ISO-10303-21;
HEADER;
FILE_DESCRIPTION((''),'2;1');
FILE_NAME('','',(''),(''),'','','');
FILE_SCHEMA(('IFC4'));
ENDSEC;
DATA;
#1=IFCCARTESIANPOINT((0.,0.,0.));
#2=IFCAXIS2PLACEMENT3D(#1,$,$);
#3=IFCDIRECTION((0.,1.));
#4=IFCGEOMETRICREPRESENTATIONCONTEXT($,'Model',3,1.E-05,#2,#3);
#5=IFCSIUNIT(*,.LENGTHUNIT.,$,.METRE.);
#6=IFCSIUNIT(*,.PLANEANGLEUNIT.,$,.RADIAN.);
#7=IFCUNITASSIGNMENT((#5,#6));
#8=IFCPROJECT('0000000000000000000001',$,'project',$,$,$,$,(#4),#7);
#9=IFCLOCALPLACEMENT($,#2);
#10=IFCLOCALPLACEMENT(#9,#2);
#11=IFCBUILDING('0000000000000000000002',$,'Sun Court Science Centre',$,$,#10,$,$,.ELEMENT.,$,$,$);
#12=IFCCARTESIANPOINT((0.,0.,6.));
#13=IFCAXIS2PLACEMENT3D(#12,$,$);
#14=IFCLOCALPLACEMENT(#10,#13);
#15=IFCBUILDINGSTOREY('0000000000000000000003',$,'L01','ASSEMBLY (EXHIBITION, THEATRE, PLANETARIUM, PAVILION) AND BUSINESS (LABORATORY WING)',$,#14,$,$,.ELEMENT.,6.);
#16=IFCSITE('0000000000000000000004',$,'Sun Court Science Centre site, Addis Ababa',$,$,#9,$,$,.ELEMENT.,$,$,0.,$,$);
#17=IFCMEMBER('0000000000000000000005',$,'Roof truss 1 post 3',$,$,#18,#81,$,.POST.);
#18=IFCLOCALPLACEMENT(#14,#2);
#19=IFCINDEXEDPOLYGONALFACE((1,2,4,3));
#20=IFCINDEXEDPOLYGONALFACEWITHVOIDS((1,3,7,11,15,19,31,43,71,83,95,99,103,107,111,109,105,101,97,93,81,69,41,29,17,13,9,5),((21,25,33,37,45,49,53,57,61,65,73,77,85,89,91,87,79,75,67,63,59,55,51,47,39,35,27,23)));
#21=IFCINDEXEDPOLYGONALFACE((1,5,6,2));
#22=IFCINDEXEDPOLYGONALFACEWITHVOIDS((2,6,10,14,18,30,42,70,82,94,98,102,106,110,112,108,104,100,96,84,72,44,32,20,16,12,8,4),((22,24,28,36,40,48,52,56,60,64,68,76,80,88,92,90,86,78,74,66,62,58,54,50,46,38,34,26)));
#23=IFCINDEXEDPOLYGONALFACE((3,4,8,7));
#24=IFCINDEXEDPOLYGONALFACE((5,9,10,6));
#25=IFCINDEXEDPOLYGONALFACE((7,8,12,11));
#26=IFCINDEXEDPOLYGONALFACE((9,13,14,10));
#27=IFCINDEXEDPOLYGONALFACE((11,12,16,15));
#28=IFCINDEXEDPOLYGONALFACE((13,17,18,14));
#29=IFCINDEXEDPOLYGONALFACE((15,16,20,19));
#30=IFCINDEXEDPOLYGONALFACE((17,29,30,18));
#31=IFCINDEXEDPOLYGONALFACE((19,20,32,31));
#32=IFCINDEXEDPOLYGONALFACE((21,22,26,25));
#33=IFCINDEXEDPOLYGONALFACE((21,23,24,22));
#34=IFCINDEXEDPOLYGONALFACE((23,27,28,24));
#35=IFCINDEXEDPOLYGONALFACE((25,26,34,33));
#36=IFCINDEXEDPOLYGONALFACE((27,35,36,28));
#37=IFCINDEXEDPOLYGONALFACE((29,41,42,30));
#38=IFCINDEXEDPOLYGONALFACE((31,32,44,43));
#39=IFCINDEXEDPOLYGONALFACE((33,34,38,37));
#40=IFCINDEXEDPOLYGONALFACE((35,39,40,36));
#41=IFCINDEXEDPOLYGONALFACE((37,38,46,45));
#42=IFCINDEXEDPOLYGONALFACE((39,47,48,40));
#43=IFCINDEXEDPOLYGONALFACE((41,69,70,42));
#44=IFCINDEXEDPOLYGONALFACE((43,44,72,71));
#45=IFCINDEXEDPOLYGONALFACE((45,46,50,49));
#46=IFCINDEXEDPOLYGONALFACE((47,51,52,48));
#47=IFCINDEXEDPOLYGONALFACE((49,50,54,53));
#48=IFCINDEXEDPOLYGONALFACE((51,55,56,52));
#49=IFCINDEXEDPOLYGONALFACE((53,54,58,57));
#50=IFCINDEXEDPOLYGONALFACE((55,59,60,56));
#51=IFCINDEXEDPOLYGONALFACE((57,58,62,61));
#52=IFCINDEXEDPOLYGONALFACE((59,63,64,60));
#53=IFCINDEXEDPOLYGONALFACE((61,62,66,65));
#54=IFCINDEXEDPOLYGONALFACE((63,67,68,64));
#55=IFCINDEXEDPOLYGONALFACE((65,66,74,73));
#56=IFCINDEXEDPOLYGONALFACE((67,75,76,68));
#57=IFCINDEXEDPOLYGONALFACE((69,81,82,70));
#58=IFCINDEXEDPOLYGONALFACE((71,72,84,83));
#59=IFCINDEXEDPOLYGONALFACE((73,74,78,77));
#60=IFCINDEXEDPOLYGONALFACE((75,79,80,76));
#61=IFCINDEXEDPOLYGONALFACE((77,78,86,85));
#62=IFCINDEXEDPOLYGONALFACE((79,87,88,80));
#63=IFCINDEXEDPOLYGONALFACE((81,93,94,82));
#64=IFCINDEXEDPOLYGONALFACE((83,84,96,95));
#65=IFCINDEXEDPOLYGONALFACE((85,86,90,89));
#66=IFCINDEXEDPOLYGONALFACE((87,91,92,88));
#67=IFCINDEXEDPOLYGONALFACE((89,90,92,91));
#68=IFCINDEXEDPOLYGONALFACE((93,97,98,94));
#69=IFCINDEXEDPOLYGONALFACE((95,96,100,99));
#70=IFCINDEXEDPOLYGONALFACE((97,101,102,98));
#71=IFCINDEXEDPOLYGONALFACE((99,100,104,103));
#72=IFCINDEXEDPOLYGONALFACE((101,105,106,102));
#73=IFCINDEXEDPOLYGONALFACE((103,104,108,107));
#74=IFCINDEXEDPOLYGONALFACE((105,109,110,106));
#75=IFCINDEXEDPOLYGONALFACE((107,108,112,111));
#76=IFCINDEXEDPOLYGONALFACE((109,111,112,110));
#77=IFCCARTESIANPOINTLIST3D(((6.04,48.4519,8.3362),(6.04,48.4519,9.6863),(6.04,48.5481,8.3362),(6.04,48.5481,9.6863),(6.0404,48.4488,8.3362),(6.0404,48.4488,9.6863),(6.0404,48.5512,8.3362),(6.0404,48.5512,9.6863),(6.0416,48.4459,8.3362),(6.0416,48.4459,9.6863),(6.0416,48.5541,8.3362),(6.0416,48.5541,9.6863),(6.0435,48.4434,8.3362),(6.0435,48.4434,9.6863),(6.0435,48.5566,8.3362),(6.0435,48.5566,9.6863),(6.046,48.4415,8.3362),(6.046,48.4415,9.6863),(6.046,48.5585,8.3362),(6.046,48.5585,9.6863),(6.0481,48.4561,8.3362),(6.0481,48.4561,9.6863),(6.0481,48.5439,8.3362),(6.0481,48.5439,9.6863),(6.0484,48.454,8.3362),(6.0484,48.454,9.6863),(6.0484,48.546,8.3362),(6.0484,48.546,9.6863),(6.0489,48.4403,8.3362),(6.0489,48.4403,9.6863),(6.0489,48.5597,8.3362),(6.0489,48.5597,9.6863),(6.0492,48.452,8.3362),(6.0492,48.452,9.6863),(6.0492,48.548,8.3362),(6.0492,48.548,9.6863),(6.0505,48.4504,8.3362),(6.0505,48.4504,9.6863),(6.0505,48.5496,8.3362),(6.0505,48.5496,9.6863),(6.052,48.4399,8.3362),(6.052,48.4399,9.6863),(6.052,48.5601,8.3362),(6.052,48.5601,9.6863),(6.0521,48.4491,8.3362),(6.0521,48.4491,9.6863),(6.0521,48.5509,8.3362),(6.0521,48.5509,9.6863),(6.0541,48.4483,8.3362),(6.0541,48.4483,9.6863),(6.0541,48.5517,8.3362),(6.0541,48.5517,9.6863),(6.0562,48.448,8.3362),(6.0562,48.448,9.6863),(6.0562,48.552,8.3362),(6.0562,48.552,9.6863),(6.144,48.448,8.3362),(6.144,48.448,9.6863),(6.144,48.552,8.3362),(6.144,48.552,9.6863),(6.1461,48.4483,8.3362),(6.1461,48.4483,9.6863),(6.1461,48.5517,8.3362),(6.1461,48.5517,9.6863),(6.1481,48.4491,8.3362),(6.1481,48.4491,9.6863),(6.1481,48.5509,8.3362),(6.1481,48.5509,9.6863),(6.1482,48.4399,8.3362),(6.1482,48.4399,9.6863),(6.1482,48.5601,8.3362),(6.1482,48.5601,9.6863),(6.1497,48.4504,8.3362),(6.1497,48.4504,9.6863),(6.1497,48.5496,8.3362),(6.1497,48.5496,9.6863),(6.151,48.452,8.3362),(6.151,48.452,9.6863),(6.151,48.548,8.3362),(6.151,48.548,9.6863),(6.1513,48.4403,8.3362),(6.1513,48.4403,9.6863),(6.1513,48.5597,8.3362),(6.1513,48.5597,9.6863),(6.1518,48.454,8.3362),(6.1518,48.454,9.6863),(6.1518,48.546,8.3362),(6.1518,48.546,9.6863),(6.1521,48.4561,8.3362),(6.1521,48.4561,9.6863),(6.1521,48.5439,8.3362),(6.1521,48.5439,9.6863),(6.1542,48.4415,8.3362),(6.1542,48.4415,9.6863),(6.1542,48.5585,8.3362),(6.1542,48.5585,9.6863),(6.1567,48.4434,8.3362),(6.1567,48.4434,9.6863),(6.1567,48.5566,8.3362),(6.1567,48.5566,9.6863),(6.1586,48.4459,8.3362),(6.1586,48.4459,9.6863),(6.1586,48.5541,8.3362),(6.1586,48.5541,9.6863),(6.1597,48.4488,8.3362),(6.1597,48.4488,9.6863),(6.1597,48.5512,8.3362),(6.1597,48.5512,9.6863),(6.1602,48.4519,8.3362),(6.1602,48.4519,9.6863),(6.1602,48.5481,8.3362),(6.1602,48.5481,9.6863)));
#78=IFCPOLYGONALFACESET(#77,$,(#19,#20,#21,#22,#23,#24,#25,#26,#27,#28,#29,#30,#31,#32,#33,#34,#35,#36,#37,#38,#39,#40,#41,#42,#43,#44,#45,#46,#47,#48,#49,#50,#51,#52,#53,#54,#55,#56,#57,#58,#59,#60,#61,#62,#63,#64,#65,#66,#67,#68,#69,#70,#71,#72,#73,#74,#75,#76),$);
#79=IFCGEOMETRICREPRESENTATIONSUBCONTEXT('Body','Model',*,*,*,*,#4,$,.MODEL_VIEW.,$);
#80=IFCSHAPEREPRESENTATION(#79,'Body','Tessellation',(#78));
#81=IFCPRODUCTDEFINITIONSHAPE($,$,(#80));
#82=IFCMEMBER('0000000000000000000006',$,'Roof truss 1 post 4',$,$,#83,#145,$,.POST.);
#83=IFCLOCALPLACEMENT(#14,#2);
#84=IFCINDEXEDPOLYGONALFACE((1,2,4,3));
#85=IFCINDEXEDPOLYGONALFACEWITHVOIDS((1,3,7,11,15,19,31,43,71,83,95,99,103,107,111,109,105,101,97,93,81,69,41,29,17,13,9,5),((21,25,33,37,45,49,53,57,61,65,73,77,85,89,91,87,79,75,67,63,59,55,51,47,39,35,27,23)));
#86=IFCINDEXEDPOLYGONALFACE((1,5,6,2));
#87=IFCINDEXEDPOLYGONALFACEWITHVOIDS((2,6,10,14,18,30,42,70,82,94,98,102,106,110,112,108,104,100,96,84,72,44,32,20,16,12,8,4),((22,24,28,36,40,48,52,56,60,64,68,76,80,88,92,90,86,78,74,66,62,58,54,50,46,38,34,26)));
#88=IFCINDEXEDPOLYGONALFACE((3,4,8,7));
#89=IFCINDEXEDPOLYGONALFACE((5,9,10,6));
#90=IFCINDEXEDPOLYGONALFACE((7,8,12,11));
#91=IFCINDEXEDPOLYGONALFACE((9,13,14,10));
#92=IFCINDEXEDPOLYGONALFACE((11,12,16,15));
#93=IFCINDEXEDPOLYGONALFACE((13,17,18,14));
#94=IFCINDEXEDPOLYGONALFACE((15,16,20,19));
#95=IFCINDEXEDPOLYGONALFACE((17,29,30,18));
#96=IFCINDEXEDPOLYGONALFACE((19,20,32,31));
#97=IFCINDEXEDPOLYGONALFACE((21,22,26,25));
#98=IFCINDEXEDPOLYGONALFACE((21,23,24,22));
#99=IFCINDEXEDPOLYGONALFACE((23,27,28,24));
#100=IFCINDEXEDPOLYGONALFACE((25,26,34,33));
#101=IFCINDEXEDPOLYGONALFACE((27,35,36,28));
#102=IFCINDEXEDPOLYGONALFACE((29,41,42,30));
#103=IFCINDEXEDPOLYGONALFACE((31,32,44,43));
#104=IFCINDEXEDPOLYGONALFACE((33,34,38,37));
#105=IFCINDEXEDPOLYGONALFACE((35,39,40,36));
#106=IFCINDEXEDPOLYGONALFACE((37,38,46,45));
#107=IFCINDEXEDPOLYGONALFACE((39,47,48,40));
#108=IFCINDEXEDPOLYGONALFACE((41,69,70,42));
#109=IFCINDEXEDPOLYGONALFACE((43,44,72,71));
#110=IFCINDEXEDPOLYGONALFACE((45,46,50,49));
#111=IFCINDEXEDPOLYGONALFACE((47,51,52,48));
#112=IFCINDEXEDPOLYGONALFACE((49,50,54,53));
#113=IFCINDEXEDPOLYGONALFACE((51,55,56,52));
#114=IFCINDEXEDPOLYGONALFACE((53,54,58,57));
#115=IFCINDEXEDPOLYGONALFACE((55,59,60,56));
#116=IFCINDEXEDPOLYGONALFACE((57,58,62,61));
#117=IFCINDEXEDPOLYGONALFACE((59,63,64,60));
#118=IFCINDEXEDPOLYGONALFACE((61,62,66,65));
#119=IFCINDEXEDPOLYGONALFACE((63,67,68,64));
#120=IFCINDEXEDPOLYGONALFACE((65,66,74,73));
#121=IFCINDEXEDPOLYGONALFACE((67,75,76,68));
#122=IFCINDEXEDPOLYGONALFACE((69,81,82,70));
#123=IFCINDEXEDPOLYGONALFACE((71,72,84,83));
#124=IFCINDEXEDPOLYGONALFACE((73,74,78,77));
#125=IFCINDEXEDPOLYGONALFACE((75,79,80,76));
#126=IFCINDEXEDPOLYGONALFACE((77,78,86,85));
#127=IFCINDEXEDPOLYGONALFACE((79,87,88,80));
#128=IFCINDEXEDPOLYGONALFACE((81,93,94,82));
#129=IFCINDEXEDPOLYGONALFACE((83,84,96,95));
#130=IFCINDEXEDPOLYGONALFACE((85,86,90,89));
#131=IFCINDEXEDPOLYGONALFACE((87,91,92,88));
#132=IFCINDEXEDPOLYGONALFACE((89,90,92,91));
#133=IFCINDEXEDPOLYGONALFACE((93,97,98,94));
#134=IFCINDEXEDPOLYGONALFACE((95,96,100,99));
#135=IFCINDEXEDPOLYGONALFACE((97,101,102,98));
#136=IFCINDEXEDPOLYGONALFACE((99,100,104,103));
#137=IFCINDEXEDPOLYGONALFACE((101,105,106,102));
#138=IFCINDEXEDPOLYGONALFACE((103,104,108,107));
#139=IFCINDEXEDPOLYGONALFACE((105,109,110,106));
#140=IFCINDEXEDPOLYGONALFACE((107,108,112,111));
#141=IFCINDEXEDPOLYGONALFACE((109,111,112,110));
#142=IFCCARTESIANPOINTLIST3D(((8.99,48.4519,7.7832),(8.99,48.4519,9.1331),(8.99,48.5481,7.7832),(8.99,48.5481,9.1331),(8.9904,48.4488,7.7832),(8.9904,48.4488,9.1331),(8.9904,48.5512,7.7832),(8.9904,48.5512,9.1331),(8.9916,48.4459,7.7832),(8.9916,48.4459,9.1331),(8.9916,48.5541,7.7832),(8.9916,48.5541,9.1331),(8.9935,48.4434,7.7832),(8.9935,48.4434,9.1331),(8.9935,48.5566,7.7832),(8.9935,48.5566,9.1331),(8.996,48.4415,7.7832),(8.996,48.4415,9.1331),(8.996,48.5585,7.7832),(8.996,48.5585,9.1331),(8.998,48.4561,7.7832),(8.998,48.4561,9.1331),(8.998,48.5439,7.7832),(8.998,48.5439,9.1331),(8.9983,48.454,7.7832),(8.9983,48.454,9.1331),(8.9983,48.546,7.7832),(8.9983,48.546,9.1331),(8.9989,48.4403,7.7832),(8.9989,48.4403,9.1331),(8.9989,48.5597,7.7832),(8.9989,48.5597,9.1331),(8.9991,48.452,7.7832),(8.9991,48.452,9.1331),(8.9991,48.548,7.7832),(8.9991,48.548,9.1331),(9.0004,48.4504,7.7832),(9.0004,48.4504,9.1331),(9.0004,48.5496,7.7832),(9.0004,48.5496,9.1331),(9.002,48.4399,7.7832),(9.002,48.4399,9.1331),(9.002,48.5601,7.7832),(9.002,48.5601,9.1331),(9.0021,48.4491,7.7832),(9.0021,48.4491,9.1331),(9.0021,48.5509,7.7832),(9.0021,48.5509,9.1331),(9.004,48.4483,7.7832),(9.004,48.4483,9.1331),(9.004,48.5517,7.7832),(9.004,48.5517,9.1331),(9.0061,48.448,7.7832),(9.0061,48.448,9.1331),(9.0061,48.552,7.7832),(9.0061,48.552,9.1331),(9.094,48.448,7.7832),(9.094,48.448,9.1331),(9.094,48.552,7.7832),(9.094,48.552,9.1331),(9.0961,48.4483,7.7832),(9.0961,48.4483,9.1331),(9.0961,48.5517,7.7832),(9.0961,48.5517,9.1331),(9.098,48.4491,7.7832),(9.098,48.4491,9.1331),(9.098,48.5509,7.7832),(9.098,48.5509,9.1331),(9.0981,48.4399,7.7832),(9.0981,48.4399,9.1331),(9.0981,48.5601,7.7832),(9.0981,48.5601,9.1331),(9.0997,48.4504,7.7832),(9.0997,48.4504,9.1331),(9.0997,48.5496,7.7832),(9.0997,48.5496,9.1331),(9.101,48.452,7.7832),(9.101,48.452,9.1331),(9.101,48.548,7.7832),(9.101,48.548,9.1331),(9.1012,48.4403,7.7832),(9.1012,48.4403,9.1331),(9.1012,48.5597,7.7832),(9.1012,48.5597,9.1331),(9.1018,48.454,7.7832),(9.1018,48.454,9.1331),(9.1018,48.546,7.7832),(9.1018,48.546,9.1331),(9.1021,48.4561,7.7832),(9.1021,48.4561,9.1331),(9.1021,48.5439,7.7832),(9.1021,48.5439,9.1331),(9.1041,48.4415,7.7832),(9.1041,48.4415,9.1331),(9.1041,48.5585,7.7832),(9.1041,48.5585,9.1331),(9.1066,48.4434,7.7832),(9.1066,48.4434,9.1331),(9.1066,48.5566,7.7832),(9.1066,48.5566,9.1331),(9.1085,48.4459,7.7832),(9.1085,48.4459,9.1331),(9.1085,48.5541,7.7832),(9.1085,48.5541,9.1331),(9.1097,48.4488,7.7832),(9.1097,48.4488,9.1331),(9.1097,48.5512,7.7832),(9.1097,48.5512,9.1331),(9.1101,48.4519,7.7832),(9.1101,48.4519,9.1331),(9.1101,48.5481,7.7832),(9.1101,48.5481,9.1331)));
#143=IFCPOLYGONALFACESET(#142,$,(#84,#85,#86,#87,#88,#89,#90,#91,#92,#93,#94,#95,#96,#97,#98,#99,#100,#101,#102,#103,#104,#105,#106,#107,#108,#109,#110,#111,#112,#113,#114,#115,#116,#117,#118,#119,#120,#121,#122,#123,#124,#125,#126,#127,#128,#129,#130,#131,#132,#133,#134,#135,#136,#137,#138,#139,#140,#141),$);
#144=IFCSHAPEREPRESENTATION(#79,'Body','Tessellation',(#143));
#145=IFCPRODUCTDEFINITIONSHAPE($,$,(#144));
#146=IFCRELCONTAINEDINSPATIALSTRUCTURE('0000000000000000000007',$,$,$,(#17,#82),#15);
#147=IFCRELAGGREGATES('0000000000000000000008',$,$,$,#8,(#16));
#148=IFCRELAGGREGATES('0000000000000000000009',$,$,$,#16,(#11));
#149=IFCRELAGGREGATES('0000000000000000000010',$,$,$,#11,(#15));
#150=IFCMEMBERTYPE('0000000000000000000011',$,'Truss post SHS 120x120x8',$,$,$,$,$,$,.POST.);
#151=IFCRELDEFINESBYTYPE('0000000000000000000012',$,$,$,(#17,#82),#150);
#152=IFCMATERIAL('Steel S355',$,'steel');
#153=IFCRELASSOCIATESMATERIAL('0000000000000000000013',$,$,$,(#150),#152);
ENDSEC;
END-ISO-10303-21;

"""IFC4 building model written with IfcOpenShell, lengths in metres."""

from ifc_helpers import new_model, si_unit, direction, frame, origin, origin_2d, place, context, subcontext, project, spatial, hollow_rectangle, extrude, material, material_profile, profile_set, type_object, element, save


model = new_model("IFC4")

# Units and contexts
model_context = context("Model", 3, precision=1e-05, world=origin(), true_north=direction((0.0, 1.0)))
body_context = subcontext(model_context, "Body", "Model", "MODEL_VIEW")
ifc_project = project(units=[si_unit("LENGTHUNIT", "METRE"), si_unit("PLANEANGLEUNIT", "RADIAN")], contexts=[model_context])

# Site, building, storey
site_placement = place(None, origin())
site = spatial("IfcSite", under=ifc_project, at=site_placement, Name="Sun Court Science Centre site, Addis Ababa", CompositionType="ELEMENT", RefElevation=0.0)
building_placement = place(site_placement, origin())
building = spatial("IfcBuilding", under=site, at=building_placement, Name="Sun Court Science Centre", CompositionType="ELEMENT")
storey_placement = place(building_placement, frame((0.0, 0.0, 6.0)))
storey = spatial("IfcBuildingStorey", under=building, at=storey_placement, Name="L01", Description="ASSEMBLY (EXHIBITION, THEATRE, PLANETARIUM, PAVILION) AND BUSINESS (LABORATORY WING)", CompositionType="ELEMENT", Elevation=6.0)

# Members
ifc_material_1 = material(Name="Steel S355", Category="steel")
ifc_material_profile_1 = material_profile(ifc_material_1, hollow_rectangle(XDim=0.1201, YDim=0.1201, WallThickness=0.0081, InnerFilletRadius=0.0081, OuterFilletRadius=0.012, at=origin_2d()), Name="SHS 120x120x8")
ifc_profile_set_1 = profile_set([ifc_material_profile_1], Name="Steel S355")
member_type_1 = type_object("IfcMemberType", Name="Truss post SHS 120x120x8", PredefinedType="POST", material=ifc_profile_set_1)
member_1_placement = place(storey_placement, frame((6.1001, 48.5, 8.3362), z_axis=(0.0, 0.0, 1.0), x_axis=(1.0, 0.0, 0.0)))
element("IfcMember", 1, at=member_1_placement, inside=storey, type_object=member_type_1, Name="Roof truss 1 post 3", PredefinedType="POST", context=body_context, shape_type="SweptSolid", body=[
    extrude(hollow_rectangle(XDim=0.1201, YDim=0.1201, WallThickness=0.0081, InnerFilletRadius=0.0081, OuterFilletRadius=0.012, at=origin_2d()), origin(), (0.0, 0.0, 1.0), 1.3501),
])
member_2_placement = place(storey_placement, frame((9.05, 48.5, 7.7832), z_axis=(0.0, 0.0, 1.0), x_axis=(1.0, 0.0, 0.0)))
element("IfcMember", 2, at=member_2_placement, inside=storey, type_object=member_type_1, Name="Roof truss 1 post 4", PredefinedType="POST", context=body_context, shape_type="SweptSolid", body=[
    extrude(hollow_rectangle(XDim=0.1201, YDim=0.1201, WallThickness=0.0081, InnerFilletRadius=0.0081, OuterFilletRadius=0.012, at=origin_2d()), origin(), (0.0, 0.0, 1.0), 1.3499),
])

save(model, "model.ifc")
